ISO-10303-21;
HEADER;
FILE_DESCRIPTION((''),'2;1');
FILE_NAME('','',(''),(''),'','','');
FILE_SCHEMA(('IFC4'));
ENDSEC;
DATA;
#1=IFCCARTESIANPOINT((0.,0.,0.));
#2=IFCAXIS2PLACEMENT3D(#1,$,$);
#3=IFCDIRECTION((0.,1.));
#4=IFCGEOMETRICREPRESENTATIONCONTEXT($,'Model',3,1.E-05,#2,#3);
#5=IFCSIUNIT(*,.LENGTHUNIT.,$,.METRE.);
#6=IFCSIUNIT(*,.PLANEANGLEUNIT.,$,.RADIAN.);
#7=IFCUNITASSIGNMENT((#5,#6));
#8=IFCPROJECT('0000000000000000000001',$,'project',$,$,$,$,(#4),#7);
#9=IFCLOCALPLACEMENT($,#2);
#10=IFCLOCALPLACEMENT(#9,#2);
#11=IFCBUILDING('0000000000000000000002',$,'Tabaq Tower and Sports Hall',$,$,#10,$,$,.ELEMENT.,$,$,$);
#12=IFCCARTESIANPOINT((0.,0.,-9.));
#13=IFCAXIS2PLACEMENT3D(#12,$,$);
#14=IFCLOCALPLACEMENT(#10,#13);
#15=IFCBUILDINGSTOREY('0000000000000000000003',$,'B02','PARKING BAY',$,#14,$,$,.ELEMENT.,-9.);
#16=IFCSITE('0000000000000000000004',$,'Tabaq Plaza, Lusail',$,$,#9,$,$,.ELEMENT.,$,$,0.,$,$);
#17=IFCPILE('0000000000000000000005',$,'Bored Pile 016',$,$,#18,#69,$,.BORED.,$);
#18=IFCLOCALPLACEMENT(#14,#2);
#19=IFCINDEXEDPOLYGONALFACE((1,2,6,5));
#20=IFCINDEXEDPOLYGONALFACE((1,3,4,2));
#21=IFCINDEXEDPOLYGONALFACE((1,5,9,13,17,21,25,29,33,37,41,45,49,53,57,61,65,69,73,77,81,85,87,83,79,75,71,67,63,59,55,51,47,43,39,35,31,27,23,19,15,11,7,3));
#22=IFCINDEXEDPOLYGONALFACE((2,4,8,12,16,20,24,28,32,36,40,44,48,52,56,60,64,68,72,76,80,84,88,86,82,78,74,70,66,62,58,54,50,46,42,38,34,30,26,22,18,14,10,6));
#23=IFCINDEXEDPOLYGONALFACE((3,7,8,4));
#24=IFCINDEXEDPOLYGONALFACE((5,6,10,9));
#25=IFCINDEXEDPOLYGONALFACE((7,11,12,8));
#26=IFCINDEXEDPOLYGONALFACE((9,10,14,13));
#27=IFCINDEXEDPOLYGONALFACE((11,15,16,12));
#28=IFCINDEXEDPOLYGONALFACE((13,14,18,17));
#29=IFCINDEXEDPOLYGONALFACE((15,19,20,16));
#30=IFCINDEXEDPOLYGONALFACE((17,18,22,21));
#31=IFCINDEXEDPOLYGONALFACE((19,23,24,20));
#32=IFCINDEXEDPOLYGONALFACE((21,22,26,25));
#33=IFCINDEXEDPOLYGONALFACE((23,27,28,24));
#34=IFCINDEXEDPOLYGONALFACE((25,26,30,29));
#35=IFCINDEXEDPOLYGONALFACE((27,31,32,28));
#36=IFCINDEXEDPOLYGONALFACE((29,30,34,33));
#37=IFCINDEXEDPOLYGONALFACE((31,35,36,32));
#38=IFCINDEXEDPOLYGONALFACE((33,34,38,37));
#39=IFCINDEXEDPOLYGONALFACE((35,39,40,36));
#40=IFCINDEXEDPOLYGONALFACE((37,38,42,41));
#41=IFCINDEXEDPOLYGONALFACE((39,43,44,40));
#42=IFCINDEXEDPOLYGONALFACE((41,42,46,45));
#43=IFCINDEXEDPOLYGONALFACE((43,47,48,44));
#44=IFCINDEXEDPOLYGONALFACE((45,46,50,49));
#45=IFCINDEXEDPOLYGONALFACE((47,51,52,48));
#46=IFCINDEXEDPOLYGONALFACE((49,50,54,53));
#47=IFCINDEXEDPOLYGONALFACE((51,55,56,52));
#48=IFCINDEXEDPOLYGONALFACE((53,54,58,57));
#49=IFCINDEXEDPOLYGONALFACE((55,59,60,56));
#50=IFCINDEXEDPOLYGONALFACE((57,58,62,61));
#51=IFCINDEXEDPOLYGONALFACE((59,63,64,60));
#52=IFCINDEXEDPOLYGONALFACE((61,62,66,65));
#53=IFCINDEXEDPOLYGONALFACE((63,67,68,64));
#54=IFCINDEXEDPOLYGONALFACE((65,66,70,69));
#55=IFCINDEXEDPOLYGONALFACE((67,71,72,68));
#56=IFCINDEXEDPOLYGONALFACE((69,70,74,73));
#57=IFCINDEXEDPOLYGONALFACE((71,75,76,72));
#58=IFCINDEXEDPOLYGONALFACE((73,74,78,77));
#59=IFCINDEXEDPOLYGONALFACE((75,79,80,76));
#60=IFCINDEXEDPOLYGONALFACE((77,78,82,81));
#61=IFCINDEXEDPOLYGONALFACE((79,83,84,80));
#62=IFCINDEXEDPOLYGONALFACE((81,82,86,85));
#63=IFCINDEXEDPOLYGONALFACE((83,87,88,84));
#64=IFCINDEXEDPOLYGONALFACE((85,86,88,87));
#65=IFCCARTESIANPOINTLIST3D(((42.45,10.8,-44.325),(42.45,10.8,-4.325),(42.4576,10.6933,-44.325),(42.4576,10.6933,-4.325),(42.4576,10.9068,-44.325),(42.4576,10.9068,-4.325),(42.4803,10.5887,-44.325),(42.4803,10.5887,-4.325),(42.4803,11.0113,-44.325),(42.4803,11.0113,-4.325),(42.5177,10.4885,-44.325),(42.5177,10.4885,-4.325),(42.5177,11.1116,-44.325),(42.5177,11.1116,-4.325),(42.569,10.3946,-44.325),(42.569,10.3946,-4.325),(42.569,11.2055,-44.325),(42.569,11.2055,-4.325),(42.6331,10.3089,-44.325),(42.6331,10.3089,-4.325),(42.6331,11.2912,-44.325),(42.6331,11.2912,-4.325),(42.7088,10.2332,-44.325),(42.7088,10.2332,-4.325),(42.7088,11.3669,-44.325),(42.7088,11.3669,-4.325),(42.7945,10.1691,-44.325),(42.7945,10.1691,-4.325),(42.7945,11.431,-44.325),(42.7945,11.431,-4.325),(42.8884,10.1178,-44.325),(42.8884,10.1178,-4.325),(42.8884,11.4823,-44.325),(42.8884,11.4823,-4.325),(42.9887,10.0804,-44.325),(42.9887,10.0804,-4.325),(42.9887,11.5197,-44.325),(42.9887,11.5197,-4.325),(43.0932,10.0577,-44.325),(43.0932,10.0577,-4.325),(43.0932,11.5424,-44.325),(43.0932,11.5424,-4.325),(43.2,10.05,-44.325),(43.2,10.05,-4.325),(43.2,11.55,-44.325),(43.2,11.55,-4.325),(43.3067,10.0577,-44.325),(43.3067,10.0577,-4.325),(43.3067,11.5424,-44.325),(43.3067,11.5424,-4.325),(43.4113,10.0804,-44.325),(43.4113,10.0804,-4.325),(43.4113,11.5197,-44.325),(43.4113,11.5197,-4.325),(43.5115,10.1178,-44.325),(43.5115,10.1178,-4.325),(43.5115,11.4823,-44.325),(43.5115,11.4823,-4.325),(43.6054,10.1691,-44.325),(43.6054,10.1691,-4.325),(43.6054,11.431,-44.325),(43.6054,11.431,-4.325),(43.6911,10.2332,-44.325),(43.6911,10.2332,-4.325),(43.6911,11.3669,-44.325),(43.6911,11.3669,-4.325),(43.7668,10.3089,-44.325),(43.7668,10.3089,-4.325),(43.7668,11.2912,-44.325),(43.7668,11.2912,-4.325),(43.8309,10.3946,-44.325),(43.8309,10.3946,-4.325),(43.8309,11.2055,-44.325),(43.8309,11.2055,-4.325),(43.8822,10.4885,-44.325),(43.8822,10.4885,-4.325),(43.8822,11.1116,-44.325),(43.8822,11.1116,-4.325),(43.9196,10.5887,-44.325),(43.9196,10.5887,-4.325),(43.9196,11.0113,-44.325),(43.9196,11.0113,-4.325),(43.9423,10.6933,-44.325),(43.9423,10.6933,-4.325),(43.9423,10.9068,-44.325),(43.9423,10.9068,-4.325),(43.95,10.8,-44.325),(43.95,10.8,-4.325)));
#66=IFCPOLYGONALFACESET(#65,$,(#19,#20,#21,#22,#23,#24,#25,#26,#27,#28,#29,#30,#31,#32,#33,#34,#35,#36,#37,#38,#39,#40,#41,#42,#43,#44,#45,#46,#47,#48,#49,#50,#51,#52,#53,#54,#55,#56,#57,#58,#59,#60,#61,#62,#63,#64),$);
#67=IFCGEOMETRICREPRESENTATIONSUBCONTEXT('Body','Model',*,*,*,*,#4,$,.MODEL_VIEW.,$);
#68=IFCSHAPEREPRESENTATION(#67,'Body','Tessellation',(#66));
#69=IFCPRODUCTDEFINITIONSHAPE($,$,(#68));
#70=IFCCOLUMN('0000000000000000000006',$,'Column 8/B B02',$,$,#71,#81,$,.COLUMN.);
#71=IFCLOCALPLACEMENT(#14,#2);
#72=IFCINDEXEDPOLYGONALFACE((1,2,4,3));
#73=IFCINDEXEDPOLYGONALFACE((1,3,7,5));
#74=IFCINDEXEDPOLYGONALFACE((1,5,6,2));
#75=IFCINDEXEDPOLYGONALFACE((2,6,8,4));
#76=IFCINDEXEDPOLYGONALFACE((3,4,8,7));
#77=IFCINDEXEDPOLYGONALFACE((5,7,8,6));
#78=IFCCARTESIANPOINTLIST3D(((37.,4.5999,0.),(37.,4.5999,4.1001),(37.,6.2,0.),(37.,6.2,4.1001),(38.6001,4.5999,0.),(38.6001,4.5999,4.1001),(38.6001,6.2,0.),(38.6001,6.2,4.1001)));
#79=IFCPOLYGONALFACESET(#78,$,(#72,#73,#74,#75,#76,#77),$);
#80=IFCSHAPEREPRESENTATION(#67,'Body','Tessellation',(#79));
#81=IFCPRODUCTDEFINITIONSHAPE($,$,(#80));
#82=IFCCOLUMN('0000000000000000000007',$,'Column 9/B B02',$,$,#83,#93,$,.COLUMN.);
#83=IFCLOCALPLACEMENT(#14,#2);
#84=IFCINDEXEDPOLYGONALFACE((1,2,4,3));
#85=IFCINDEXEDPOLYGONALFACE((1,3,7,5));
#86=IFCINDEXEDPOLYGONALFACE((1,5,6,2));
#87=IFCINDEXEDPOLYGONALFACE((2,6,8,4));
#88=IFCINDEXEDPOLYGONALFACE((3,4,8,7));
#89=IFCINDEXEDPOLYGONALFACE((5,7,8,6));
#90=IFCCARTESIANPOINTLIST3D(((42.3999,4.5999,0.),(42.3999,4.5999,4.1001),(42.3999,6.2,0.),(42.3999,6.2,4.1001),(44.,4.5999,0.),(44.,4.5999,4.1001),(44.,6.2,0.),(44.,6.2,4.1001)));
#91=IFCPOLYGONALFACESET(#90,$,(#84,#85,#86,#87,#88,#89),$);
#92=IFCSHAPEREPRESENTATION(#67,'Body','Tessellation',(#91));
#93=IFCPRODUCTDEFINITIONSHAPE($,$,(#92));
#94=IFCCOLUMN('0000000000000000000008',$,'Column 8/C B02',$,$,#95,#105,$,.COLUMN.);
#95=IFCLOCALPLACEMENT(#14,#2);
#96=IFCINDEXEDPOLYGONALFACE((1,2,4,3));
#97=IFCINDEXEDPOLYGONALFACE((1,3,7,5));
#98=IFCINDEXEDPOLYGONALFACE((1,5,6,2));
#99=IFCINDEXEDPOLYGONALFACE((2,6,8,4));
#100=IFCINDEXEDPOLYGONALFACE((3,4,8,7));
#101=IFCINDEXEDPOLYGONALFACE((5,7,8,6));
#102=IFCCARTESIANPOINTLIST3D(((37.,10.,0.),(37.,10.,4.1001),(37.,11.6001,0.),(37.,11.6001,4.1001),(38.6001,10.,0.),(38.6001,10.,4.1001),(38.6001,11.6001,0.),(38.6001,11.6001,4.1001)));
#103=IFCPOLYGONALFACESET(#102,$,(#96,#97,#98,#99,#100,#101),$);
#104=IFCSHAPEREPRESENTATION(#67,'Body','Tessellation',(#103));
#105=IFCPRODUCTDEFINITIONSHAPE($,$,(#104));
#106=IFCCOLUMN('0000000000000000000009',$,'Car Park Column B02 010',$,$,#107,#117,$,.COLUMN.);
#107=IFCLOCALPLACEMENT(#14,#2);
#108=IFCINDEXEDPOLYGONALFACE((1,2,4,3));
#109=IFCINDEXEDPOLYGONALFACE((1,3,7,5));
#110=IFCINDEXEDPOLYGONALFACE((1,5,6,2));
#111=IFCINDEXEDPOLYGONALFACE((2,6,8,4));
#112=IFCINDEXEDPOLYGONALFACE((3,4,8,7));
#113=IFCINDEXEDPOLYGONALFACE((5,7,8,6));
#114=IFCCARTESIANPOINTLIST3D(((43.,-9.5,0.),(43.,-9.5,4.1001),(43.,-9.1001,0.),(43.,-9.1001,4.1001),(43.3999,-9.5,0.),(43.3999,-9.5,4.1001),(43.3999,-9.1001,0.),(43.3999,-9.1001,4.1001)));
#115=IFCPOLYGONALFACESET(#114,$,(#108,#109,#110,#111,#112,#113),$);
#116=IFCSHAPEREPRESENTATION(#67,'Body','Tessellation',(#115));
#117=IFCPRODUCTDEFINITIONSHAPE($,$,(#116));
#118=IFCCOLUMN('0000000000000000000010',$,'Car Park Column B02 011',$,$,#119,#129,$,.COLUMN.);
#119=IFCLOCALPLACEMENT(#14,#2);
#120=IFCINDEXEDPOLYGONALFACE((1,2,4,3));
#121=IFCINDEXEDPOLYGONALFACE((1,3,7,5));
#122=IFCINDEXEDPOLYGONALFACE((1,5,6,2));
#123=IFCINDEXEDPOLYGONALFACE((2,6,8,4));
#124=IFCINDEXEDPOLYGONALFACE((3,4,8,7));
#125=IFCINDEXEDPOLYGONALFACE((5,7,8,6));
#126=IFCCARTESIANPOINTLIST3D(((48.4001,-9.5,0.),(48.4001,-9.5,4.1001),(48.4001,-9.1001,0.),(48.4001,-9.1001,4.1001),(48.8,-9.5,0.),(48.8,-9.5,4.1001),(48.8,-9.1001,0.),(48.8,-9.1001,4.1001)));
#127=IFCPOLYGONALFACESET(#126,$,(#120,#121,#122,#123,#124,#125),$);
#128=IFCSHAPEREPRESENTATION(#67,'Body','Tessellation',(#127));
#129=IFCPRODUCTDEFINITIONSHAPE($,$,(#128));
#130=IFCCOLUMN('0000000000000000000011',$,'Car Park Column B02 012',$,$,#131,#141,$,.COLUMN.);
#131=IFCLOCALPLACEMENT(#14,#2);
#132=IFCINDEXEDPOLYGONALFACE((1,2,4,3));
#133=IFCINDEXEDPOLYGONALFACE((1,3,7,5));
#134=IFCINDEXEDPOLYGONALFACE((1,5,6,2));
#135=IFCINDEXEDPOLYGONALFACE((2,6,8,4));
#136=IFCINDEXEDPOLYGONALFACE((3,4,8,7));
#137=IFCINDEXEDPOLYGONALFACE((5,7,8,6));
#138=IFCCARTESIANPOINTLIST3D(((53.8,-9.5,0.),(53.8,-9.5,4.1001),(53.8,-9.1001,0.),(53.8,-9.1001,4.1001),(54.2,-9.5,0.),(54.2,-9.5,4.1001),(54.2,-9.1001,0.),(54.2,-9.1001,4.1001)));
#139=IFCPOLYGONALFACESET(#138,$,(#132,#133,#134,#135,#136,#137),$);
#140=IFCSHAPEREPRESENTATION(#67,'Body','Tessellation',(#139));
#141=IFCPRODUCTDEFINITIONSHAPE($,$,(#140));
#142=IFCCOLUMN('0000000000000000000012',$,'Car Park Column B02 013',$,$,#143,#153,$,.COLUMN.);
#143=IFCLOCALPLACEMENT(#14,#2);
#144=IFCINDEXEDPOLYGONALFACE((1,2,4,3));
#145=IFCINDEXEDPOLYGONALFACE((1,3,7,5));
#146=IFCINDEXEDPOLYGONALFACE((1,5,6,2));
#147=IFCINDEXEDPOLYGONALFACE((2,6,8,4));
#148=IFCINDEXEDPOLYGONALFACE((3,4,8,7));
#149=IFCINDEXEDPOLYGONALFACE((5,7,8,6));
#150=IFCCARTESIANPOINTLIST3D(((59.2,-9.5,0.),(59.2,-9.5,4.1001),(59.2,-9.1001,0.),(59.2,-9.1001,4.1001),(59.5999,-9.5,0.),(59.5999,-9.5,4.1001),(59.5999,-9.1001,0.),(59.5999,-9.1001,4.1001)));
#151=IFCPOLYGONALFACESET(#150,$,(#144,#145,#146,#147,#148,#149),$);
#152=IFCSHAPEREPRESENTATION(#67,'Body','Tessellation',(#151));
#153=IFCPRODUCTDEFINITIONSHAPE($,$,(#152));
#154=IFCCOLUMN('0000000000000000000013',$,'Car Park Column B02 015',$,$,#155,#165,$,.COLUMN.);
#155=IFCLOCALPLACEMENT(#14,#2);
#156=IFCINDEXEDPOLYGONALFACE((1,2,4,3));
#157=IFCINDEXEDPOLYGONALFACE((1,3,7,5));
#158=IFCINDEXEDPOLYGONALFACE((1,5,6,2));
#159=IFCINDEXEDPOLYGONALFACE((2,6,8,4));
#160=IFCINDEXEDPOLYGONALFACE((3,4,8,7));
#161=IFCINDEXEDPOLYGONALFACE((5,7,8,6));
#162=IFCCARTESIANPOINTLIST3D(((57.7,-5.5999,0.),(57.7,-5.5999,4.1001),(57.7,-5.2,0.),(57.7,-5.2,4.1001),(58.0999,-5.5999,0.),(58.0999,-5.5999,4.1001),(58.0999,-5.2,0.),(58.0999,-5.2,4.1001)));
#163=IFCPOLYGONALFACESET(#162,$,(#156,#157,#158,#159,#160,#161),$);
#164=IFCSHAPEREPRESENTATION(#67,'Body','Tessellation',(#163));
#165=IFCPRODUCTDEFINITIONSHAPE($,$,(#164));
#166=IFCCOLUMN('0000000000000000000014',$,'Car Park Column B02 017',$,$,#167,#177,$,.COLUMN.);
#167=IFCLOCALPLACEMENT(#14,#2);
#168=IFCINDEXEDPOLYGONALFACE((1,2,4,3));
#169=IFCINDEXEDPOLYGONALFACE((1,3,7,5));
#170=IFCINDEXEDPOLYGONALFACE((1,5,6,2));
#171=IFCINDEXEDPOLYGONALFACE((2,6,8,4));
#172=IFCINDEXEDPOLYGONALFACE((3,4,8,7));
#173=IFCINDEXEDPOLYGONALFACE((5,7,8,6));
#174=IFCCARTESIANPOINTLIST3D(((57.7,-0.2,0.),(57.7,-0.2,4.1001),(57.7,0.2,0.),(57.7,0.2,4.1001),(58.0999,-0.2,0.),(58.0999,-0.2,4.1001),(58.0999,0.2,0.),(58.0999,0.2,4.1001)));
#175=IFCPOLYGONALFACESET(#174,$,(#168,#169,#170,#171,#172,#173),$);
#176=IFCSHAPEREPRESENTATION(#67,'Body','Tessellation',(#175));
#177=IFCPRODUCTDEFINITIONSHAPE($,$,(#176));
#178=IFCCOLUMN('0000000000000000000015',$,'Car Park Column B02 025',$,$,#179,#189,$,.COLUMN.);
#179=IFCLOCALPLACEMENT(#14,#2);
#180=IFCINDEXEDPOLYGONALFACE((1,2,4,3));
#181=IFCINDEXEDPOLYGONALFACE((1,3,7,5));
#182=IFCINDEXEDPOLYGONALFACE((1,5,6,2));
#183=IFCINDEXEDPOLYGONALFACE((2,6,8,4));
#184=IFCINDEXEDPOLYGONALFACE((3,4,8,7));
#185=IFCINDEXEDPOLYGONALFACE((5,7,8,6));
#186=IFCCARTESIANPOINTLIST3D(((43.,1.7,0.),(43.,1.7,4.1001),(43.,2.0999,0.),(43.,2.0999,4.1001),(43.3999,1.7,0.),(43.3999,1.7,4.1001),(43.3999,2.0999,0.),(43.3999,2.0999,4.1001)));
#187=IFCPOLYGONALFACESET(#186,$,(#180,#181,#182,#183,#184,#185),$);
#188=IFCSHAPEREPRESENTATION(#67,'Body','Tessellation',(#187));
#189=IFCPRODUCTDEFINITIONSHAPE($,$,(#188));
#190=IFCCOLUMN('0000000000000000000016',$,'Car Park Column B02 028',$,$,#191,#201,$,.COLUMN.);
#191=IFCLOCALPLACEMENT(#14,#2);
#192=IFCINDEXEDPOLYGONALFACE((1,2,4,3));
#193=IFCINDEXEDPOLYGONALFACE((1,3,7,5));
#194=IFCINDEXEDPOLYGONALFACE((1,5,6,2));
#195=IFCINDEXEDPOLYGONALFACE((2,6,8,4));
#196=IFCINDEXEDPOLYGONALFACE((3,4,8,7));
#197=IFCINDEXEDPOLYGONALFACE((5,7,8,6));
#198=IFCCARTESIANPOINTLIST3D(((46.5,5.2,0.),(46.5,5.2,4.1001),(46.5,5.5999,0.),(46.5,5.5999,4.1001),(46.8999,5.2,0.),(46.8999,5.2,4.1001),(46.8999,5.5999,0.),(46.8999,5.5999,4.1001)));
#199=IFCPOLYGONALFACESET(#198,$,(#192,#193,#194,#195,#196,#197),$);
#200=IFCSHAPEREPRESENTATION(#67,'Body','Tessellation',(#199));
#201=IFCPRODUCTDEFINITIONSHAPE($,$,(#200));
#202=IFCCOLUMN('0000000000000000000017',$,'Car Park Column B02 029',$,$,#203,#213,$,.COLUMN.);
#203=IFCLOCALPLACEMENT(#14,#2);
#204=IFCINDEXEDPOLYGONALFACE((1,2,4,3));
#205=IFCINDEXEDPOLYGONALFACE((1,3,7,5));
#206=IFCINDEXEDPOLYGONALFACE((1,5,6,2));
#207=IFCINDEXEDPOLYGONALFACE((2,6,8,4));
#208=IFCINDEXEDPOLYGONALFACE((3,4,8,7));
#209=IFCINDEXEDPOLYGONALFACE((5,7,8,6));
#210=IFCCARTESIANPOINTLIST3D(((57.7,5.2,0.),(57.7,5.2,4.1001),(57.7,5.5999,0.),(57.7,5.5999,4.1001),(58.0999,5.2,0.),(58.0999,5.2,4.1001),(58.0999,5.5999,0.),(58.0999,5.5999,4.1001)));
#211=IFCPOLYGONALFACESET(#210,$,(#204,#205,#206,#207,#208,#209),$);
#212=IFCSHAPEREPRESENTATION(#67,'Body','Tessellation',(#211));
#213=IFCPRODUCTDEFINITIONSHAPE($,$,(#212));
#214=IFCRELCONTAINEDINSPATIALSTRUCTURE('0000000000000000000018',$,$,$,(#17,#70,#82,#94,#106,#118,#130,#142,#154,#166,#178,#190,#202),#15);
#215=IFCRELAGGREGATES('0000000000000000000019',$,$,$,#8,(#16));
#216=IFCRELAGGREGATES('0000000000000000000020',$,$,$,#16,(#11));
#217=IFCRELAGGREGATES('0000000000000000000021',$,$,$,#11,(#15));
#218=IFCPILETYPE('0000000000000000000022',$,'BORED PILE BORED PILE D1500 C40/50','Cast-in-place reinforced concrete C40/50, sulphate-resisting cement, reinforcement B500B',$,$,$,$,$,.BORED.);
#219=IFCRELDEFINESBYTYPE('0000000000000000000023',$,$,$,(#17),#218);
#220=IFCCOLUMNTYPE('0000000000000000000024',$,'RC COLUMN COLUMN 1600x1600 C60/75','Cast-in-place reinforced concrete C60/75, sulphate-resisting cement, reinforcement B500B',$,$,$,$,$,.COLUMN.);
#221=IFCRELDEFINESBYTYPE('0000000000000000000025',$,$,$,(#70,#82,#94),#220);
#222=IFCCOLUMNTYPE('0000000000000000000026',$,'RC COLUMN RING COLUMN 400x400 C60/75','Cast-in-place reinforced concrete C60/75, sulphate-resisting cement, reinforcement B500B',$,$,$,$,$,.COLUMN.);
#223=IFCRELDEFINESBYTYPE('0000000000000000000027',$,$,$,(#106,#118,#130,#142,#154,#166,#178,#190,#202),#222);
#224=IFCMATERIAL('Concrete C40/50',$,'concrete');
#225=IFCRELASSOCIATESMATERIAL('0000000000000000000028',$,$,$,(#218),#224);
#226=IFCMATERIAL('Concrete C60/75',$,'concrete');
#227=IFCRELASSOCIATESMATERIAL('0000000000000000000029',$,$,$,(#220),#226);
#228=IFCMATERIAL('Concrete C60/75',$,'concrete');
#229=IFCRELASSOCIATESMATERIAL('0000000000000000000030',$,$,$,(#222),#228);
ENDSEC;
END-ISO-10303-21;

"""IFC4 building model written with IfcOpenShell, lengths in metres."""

from ifc_helpers import new_model, si_unit, direction, frame, origin, origin_2d, place, context, subcontext, project, spatial, rectangle, circle, extrude, material, material_profile, profile_set, type_object, element, save


model = new_model("IFC4")

# Units and contexts
model_context = context("Model", 3, precision=1e-05, world=origin(), true_north=direction((0.0, 1.0)))
body_context = subcontext(model_context, "Body", "Model", "MODEL_VIEW")
ifc_project = project(units=[si_unit("LENGTHUNIT", "METRE"), si_unit("PLANEANGLEUNIT", "RADIAN")], contexts=[model_context])

# Site, building, storey
site_placement = place(None, origin())
site = spatial("IfcSite", under=ifc_project, at=site_placement, Name="Tabaq Plaza, Lusail", CompositionType="ELEMENT", RefElevation=0.0)
building_placement = place(site_placement, origin())
building = spatial("IfcBuilding", under=site, at=building_placement, Name="Tabaq Tower and Sports Hall", CompositionType="ELEMENT")
storey_placement = place(building_placement, frame((0.0, 0.0, -9.0)))
storey = spatial("IfcBuildingStorey", under=building, at=storey_placement, Name="B02", Description="PARKING BAY", CompositionType="ELEMENT", Elevation=-9.0)

# Pile
ifc_material_1 = material(Name="Concrete C40/50", Category="concrete")
ifc_material_profile_1 = material_profile(ifc_material_1, circle(Radius=0.75, at=origin_2d()), Name="BORED PILE D1500")
ifc_profile_set_1 = profile_set([ifc_material_profile_1], Name="Concrete C40/50")
pile_type = type_object("IfcPileType", Name="BORED PILE BORED PILE D1500 C40/50", Description="Cast-in-place reinforced concrete C40/50, sulphate-resisting cement, reinforcement B500B", PredefinedType="BORED", material=ifc_profile_set_1)
for number, where, z_axis, x_axis, name in (
    (1, (43.2, 10.8, -4.325), (0.0, 0.0, -1.0), (1.0, 0.0, 0.0), "Bored Pile 016"),
):
    element("IfcPile", number, at=place(storey_placement, frame(where, z_axis=z_axis, x_axis=x_axis)), inside=storey, type_object=pile_type, Name=name, PredefinedType="BORED", context=body_context, shape_type="SweptSolid", body=[
        extrude(circle(Radius=0.75, at=origin_2d()), origin(), (0.0, 0.0, 1.0), 40.0),
    ])

# Columns
ifc_material_2 = material(Name="Concrete C60/75", Category="concrete")
ifc_material_profile_2 = material_profile(ifc_material_2, rectangle(XDim=1.6001, YDim=1.6001, at=origin_2d()), Name="COLUMN 1600x1600")
ifc_profile_set_2 = profile_set([ifc_material_profile_2], Name="Concrete C60/75")
column_type_1 = type_object("IfcColumnType", Name="RC COLUMN COLUMN 1600x1600 C60/75", Description="Cast-in-place reinforced concrete C60/75, sulphate-resisting cement, reinforcement B500B", PredefinedType="COLUMN", material=ifc_profile_set_2)
for number, where, z_axis, x_axis, name in (
    (2, (37.8, 5.3999, 0.0), (0.0, 0.0, 1.0), (1.0, 0.0, 0.0), "Column 8/B B02"),
    (3, (43.2, 5.3999, 0.0), (0.0, 0.0, 1.0), (1.0, 0.0, 0.0), "Column 9/B B02"),
    (4, (37.8, 10.8, 0.0), (0.0, 0.0, 1.0), (1.0, 0.0, 0.0), "Column 8/C B02"),
):
    element("IfcColumn", number, at=place(storey_placement, frame(where, z_axis=z_axis, x_axis=x_axis)), inside=storey, type_object=column_type_1, Name=name, PredefinedType="COLUMN", context=body_context, shape_type="SweptSolid", body=[
        extrude(rectangle(XDim=1.6001, YDim=1.6001, at=origin_2d()), origin(), (0.0, 0.0, 1.0), 4.1001),
    ])
ifc_material_3 = material(Name="Concrete C60/75", Category="concrete")
ifc_material_profile_3 = material_profile(ifc_material_3, rectangle(XDim=0.3999, YDim=0.3999, at=origin_2d()), Name="RING COLUMN 400x400")
ifc_profile_set_3 = profile_set([ifc_material_profile_3], Name="Concrete C60/75")
column_type_2 = type_object("IfcColumnType", Name="RC COLUMN RING COLUMN 400x400 C60/75", Description="Cast-in-place reinforced concrete C60/75, sulphate-resisting cement, reinforcement B500B", PredefinedType="COLUMN", material=ifc_profile_set_3)
for number, where, z_axis, x_axis, name in (
    (5, (43.2, -9.3, 0.0), (0.0, 0.0, 1.0), (1.0, 0.0, 0.0), "Car Park Column B02 010"),
    (6, (48.6001, -9.3, 0.0), (0.0, 0.0, 1.0), (1.0, 0.0, 0.0), "Car Park Column B02 011"),
    (7, (54.0, -9.3, 0.0), (0.0, 0.0, 1.0), (1.0, 0.0, 0.0), "Car Park Column B02 012"),
    (8, (59.3999, -9.3, 0.0), (0.0, 0.0, 1.0), (1.0, 0.0, 0.0), "Car Park Column B02 013"),
    (9, (57.8999, -5.3999, 0.0), (0.0, 0.0, 1.0), (1.0, 0.0, 0.0), "Car Park Column B02 015"),
    (10, (57.8999, 0.0, 0.0), (0.0, 0.0, 1.0), (1.0, 0.0, 0.0), "Car Park Column B02 017"),
    (11, (43.2, 1.8999, 0.0), (0.0, 0.0, 1.0), (1.0, 0.0, 0.0), "Car Park Column B02 025"),
    (12, (46.7, 5.3999, 0.0), (0.0, 0.0, 1.0), (1.0, 0.0, 0.0), "Car Park Column B02 028"),
    (13, (57.8999, 5.3999, 0.0), (0.0, 0.0, 1.0), (1.0, 0.0, 0.0), "Car Park Column B02 029"),
):
    element("IfcColumn", number, at=place(storey_placement, frame(where, z_axis=z_axis, x_axis=x_axis)), inside=storey, type_object=column_type_2, Name=name, PredefinedType="COLUMN", context=body_context, shape_type="SweptSolid", body=[
        extrude(rectangle(XDim=0.3999, YDim=0.3999, at=origin_2d()), origin(), (0.0, 0.0, 1.0), 4.1001),
    ])

save(model, "model.ifc")
